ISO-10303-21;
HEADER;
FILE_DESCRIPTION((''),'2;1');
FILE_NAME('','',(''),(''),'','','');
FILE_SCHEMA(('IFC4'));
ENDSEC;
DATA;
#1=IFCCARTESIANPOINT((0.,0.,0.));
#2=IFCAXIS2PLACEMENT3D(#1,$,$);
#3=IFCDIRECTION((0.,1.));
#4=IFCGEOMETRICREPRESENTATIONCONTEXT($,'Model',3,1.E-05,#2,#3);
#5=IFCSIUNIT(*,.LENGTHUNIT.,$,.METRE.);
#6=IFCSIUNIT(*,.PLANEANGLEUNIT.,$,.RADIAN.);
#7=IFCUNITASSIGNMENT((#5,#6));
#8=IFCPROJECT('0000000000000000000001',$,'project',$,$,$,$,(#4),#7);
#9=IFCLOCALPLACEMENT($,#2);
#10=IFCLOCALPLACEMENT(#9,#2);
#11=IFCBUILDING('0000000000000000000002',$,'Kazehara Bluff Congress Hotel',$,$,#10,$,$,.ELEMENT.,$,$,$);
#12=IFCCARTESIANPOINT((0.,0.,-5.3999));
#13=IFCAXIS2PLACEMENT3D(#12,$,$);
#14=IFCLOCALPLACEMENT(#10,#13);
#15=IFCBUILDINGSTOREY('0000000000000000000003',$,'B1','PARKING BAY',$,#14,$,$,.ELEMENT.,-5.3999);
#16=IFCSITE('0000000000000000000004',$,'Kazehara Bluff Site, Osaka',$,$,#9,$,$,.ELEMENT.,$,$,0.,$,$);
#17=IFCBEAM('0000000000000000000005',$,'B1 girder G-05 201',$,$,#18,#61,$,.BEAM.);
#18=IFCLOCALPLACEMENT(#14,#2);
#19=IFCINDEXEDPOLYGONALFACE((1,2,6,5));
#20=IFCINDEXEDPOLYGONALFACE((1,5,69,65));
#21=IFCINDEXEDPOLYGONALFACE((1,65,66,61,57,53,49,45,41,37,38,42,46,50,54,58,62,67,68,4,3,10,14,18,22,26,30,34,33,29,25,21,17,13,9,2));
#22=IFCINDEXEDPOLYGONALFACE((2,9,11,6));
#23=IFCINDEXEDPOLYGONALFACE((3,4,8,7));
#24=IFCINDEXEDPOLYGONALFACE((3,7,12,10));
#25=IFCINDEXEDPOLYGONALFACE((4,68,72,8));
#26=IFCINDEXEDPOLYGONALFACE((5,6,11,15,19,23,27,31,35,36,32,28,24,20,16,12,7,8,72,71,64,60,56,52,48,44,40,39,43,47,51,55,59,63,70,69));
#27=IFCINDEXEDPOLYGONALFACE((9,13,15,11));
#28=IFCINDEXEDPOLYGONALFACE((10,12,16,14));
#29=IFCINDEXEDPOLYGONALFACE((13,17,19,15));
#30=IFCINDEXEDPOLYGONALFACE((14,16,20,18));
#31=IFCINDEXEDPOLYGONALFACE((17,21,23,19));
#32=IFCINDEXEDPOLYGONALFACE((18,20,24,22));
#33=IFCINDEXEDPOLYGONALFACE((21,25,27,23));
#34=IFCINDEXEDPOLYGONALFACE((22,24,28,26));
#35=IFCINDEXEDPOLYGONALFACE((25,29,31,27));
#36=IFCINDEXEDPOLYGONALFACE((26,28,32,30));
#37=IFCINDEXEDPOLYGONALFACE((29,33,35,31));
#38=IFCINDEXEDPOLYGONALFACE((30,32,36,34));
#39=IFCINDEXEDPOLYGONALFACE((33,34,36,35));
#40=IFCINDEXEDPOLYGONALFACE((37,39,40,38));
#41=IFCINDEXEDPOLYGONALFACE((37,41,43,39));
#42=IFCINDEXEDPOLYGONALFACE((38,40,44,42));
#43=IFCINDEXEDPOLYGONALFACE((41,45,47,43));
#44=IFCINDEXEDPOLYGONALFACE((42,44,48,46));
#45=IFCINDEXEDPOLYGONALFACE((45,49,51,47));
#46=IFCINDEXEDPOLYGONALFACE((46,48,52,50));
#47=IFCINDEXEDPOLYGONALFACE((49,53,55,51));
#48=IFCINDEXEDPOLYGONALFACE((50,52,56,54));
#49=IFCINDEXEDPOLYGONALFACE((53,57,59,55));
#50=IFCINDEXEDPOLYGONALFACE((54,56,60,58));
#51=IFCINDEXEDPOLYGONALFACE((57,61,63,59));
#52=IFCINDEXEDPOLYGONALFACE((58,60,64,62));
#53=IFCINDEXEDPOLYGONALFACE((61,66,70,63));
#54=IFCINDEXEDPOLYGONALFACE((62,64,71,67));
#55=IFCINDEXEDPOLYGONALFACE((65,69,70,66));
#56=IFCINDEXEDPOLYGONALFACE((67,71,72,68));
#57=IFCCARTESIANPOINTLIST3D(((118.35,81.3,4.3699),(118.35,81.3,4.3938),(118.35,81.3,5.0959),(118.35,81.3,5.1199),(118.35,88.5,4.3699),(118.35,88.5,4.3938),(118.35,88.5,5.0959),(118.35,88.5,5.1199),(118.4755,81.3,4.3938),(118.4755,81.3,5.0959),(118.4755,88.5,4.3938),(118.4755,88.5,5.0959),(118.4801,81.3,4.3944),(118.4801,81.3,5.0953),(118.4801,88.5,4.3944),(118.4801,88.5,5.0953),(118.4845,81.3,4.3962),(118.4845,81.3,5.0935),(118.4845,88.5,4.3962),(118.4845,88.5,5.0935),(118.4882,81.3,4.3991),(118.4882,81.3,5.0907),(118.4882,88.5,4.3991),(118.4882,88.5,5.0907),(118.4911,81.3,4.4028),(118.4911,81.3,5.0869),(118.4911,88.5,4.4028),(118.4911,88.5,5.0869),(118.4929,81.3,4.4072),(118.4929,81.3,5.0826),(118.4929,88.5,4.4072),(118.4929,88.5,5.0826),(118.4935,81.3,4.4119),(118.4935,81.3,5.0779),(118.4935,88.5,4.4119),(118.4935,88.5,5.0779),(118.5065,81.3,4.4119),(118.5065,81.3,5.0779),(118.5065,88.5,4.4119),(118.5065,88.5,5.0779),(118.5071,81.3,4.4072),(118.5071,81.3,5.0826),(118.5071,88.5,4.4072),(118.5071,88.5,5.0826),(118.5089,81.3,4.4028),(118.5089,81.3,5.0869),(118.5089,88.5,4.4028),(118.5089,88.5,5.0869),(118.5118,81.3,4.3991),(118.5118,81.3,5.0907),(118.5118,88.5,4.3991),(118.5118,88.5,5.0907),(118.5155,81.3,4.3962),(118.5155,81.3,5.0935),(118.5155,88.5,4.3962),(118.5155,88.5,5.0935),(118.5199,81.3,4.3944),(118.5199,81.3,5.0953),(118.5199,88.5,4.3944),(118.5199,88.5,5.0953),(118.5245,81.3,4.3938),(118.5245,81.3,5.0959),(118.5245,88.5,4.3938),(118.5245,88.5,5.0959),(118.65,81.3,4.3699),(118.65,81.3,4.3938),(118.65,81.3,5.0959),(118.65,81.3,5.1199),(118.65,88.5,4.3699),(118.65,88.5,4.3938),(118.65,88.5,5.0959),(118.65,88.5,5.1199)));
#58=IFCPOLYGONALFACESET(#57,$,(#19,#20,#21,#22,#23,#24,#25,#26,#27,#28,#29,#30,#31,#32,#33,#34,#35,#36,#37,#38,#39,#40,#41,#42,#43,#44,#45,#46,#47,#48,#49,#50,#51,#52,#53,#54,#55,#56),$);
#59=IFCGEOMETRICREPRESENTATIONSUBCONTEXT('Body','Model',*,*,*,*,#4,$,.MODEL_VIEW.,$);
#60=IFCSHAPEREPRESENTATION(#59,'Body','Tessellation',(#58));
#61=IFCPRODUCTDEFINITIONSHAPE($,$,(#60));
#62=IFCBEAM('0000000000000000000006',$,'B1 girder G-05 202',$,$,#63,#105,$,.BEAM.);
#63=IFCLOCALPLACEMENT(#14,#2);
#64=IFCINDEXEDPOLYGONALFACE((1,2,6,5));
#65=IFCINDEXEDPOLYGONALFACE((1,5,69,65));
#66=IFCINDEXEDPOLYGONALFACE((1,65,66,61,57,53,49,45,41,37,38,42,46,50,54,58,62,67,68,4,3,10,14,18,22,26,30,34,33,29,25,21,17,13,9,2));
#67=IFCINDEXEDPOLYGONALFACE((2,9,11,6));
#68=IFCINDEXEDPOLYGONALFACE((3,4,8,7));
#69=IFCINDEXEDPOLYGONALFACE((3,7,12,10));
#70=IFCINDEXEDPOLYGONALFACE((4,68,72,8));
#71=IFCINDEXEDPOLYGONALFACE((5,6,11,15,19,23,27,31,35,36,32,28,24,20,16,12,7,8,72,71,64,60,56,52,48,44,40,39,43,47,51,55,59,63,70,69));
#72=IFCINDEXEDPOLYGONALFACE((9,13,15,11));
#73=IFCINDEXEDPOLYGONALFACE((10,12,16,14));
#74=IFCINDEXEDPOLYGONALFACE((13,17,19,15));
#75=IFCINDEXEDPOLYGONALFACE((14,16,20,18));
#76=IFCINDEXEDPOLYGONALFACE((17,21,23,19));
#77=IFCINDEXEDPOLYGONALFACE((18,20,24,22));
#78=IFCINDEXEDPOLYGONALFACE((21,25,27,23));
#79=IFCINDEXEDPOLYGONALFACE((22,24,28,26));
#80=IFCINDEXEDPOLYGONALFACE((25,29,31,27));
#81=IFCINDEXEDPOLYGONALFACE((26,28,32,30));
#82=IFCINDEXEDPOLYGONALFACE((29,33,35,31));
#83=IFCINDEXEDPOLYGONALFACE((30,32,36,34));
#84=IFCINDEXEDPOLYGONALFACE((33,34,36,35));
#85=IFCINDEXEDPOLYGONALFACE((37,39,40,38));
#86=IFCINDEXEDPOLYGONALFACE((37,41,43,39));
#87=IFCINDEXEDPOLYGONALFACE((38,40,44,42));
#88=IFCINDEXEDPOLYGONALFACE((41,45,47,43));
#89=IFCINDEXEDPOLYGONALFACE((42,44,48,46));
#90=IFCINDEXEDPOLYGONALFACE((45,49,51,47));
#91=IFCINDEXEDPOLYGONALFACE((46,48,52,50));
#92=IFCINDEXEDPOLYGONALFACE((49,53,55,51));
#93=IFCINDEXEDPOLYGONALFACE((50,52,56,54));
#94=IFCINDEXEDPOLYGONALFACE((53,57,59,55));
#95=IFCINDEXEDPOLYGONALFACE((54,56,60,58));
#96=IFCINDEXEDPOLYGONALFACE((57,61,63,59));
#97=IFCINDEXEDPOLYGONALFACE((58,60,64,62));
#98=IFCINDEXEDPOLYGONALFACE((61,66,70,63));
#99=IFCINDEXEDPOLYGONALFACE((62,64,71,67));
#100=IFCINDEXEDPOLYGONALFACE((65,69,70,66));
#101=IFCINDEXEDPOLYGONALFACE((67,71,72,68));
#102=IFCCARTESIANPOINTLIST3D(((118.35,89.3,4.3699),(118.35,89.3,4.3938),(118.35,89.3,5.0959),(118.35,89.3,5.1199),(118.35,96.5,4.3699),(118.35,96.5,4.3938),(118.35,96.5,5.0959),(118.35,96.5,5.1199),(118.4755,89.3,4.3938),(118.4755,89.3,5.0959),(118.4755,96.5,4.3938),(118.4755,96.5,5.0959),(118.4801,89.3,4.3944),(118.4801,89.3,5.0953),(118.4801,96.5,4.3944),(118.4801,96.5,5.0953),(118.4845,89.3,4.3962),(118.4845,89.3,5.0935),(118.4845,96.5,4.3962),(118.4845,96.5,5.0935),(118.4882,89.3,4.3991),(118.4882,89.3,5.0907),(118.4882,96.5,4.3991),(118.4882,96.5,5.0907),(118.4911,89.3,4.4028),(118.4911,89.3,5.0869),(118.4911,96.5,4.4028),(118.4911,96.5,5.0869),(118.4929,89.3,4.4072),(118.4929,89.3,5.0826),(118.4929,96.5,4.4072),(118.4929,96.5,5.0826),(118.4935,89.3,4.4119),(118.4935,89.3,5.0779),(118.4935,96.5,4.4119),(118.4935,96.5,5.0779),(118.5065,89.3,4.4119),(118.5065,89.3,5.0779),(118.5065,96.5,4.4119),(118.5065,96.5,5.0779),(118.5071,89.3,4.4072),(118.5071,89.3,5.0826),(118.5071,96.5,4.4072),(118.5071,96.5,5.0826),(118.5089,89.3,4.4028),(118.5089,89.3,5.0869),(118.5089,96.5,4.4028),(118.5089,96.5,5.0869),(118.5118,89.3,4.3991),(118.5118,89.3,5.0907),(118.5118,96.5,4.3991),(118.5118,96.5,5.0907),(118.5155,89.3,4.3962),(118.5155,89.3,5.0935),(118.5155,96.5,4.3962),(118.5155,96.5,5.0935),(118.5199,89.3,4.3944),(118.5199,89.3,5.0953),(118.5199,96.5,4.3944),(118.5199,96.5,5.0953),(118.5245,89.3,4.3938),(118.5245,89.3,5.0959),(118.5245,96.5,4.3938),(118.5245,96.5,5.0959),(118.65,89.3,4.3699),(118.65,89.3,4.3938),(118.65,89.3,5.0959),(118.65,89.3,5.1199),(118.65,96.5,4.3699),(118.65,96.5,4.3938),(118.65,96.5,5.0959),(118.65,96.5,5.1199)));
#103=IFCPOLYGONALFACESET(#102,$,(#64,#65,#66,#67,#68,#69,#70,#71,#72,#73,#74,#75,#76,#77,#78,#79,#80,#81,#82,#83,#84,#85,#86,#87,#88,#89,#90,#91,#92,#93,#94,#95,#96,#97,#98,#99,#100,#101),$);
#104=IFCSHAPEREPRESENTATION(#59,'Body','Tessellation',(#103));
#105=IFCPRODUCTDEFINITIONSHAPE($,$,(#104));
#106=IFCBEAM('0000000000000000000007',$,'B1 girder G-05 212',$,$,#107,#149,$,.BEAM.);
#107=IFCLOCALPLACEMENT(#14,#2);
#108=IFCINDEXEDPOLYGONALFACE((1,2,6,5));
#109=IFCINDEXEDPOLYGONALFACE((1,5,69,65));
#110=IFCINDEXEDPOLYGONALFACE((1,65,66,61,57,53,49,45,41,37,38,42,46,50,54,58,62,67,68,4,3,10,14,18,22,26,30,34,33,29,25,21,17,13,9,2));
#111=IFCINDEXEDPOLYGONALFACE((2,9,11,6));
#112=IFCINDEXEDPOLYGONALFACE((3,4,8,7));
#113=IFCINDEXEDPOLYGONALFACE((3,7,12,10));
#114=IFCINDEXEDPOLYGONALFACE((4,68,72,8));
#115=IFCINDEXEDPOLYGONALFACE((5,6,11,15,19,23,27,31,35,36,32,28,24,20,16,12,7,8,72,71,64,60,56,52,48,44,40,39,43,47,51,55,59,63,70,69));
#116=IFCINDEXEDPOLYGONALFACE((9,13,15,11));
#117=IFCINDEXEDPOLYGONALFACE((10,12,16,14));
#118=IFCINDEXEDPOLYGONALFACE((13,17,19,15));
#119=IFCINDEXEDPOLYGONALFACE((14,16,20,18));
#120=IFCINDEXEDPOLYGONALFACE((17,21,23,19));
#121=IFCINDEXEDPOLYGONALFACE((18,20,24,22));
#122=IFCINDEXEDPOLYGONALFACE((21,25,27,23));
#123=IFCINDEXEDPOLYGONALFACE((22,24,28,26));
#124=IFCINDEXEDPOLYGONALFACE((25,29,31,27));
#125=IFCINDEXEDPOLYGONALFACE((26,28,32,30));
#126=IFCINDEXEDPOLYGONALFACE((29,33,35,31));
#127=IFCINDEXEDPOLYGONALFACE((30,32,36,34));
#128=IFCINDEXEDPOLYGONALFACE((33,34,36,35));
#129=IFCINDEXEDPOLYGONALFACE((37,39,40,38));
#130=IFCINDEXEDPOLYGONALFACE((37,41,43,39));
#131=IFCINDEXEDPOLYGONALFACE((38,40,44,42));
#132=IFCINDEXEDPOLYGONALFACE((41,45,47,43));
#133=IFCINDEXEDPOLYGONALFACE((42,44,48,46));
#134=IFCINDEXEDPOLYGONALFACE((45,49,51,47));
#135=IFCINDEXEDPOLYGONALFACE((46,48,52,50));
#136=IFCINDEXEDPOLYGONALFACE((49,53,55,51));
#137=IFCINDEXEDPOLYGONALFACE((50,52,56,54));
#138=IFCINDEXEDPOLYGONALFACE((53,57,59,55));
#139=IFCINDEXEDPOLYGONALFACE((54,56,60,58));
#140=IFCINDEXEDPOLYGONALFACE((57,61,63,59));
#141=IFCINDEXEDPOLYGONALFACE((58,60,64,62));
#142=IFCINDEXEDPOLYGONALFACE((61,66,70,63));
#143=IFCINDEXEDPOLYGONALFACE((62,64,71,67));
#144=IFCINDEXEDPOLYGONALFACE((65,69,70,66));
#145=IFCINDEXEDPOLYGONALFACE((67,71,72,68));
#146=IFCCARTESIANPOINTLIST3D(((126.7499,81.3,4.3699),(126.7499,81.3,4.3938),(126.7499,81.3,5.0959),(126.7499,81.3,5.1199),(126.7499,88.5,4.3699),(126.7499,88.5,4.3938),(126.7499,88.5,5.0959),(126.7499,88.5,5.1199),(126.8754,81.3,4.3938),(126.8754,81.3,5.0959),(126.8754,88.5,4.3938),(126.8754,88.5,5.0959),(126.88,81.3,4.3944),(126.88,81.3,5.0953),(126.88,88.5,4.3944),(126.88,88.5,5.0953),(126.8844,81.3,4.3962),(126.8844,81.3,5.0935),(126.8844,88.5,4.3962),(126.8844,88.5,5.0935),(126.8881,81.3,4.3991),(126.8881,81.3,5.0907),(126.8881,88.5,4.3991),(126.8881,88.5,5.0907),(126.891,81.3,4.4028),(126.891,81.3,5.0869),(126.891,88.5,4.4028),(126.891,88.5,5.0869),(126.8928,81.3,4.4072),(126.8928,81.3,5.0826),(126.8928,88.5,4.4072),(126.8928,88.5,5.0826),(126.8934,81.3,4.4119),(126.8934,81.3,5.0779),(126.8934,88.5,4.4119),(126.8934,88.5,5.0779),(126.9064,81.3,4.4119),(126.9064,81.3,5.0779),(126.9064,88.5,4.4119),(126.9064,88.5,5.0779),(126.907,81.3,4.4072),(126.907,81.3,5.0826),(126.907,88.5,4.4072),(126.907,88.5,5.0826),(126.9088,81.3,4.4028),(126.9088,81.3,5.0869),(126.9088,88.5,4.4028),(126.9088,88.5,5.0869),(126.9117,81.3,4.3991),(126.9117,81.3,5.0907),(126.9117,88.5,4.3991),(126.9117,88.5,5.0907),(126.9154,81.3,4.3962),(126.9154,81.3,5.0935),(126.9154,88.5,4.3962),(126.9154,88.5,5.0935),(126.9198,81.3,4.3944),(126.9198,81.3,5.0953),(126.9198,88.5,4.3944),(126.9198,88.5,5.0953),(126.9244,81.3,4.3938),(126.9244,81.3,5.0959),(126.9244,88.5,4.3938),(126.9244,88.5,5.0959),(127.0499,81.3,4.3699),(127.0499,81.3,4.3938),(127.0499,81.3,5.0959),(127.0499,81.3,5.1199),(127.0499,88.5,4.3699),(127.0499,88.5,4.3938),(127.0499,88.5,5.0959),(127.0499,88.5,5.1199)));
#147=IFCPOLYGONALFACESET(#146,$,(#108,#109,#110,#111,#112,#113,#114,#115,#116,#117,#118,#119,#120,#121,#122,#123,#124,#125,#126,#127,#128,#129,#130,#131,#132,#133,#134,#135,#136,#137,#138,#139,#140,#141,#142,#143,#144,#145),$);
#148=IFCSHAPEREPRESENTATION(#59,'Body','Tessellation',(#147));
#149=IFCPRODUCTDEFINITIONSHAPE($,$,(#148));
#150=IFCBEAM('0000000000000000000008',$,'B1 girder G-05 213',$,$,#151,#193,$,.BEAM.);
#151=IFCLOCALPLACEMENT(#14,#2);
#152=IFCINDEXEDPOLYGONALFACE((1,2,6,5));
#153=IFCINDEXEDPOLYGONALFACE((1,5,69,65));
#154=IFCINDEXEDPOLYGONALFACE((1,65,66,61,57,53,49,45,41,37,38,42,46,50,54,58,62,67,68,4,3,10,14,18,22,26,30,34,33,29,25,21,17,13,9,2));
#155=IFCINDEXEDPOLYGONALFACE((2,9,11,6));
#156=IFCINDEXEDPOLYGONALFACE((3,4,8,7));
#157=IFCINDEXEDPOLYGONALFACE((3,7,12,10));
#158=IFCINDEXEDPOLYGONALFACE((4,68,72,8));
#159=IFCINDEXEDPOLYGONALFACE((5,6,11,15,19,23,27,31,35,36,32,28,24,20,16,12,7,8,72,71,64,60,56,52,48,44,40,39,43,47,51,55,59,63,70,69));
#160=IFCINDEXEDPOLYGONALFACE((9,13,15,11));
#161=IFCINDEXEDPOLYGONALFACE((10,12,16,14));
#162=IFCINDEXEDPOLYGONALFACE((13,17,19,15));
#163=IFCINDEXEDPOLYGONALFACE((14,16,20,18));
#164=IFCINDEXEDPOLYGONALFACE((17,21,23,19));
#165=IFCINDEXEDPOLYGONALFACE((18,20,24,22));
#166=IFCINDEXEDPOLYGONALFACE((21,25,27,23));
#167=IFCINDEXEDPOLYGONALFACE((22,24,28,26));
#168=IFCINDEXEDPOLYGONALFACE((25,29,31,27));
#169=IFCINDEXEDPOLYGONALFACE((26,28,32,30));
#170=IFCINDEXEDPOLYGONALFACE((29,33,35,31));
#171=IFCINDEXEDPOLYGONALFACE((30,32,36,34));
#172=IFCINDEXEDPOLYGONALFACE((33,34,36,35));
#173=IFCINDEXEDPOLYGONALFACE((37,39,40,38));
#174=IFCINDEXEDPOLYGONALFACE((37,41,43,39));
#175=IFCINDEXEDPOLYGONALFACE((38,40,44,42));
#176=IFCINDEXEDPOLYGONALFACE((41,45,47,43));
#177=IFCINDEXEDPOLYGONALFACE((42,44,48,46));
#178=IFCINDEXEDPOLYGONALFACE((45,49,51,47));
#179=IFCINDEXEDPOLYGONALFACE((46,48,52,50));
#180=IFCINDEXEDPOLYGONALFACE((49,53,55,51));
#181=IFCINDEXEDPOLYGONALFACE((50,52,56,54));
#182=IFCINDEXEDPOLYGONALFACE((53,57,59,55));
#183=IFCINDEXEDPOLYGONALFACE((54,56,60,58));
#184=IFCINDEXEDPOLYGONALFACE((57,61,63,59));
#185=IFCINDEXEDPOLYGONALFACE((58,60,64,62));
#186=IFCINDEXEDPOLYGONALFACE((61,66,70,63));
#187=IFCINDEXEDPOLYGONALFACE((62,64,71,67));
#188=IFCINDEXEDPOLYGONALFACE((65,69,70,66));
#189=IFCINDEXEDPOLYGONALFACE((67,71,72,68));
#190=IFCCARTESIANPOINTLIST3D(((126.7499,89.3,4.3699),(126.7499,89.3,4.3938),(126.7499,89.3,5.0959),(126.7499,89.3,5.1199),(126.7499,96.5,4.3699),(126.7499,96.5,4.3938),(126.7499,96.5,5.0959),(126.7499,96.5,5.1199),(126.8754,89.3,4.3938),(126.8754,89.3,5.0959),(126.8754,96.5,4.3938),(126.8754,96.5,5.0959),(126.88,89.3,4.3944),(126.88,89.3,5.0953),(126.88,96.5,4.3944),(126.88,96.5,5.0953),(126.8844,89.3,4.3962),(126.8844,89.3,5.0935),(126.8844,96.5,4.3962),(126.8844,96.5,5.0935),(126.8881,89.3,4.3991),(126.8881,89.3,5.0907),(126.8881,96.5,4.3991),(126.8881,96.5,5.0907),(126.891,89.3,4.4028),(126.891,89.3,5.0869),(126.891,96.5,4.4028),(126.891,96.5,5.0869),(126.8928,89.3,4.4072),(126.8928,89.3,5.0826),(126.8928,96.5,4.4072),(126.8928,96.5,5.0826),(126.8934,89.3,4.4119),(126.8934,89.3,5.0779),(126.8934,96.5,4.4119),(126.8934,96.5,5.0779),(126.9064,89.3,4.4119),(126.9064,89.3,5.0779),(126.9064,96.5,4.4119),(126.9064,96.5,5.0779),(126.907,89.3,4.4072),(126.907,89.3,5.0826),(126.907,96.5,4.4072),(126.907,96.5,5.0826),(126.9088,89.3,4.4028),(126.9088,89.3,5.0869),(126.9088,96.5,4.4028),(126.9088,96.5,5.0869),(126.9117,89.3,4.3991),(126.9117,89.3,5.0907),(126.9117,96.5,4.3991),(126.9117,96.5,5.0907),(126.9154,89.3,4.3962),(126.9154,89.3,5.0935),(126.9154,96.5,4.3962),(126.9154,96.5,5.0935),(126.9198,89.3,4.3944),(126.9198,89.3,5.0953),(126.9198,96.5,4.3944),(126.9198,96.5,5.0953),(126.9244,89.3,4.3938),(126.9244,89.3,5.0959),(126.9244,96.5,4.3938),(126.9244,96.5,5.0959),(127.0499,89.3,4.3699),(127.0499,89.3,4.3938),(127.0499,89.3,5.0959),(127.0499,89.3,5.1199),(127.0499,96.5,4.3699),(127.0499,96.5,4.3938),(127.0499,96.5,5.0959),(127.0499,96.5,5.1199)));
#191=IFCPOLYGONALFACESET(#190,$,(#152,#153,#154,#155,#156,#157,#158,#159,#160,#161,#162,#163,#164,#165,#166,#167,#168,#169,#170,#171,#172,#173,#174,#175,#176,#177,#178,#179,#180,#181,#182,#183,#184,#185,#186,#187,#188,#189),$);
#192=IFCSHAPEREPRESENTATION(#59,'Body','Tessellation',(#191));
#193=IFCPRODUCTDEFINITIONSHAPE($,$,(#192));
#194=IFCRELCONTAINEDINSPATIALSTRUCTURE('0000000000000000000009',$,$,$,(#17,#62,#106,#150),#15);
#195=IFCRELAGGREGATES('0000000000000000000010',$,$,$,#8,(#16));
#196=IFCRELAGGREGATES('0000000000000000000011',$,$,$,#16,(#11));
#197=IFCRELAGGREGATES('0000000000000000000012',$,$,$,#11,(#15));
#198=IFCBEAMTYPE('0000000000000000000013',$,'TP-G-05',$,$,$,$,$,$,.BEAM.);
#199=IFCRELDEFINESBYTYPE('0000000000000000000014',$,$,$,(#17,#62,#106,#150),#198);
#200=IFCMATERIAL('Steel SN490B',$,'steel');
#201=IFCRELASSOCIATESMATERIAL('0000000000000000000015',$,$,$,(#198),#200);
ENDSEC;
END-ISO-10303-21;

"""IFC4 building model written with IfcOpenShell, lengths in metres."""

from ifc_helpers import new_model, si_unit, direction, frame, origin, origin_2d, place, context, subcontext, project, spatial, i_section, extrude, material, material_profile, profile_set, type_object, element, save


model = new_model("IFC4")

# Units and contexts
model_context = context("Model", 3, precision=1e-05, world=origin(), true_north=direction((0.0, 1.0)))
body_context = subcontext(model_context, "Body", "Model", "MODEL_VIEW")
ifc_project = project(units=[si_unit("LENGTHUNIT", "METRE"), si_unit("PLANEANGLEUNIT", "RADIAN")], contexts=[model_context])

# Site, building, storey
site_placement = place(None, origin())
site = spatial("IfcSite", under=ifc_project, at=site_placement, Name="Kazehara Bluff Site, Osaka", CompositionType="ELEMENT", RefElevation=0.0)
building_placement = place(site_placement, origin())
building = spatial("IfcBuilding", under=site, at=building_placement, Name="Kazehara Bluff Congress Hotel", CompositionType="ELEMENT")
storey_placement = place(building_placement, frame((0.0, 0.0, -5.3999)))
storey = spatial("IfcBuildingStorey", under=building, at=storey_placement, Name="B1", Description="PARKING BAY", CompositionType="ELEMENT", Elevation=-5.3999)

# Beams
ifc_material_1 = material(Name="Steel SN490B", Category="steel")
ifc_material_profile_1 = material_profile(ifc_material_1, i_section(OverallWidth=0.3, OverallDepth=0.75, WebThickness=0.0129, FlangeThickness=0.0239, FilletRadius=0.0181, at=origin_2d()))
ifc_profile_set_1 = profile_set([ifc_material_profile_1], Name="Steel SN490B")
beam_type_1 = type_object("IfcBeamType", Name="TP-G-05", PredefinedType="BEAM", material=ifc_profile_set_1)
for number, where, z_axis, x_axis, name in (
    (1, (118.5, 81.3, 4.7449), (0.0, 1.0, 0.0), (-1.0, 0.0, 0.0), "B1 girder G-05 201"),
    (2, (118.5, 89.3, 4.7449), (0.0, 1.0, 0.0), (-1.0, 0.0, 0.0), "B1 girder G-05 202"),
    (3, (126.8999, 81.3, 4.7449), (0.0, 1.0, 0.0), (-1.0, 0.0, 0.0), "B1 girder G-05 212"),
    (4, (126.8999, 89.3, 4.7449), (0.0, 1.0, 0.0), (-1.0, 0.0, 0.0), "B1 girder G-05 213"),
):
    element("IfcBeam", number, at=place(storey_placement, frame(where, z_axis=z_axis, x_axis=x_axis)), inside=storey, type_object=beam_type_1, Name=name, PredefinedType="BEAM", context=body_context, shape_type="SweptSolid", body=[
        extrude(i_section(OverallWidth=0.3, OverallDepth=0.75, WebThickness=0.0129, FlangeThickness=0.0239, FilletRadius=0.0181, at=origin_2d()), origin(), (0.0, 0.0, 1.0), 7.2),
    ])

save(model, "model.ifc")
